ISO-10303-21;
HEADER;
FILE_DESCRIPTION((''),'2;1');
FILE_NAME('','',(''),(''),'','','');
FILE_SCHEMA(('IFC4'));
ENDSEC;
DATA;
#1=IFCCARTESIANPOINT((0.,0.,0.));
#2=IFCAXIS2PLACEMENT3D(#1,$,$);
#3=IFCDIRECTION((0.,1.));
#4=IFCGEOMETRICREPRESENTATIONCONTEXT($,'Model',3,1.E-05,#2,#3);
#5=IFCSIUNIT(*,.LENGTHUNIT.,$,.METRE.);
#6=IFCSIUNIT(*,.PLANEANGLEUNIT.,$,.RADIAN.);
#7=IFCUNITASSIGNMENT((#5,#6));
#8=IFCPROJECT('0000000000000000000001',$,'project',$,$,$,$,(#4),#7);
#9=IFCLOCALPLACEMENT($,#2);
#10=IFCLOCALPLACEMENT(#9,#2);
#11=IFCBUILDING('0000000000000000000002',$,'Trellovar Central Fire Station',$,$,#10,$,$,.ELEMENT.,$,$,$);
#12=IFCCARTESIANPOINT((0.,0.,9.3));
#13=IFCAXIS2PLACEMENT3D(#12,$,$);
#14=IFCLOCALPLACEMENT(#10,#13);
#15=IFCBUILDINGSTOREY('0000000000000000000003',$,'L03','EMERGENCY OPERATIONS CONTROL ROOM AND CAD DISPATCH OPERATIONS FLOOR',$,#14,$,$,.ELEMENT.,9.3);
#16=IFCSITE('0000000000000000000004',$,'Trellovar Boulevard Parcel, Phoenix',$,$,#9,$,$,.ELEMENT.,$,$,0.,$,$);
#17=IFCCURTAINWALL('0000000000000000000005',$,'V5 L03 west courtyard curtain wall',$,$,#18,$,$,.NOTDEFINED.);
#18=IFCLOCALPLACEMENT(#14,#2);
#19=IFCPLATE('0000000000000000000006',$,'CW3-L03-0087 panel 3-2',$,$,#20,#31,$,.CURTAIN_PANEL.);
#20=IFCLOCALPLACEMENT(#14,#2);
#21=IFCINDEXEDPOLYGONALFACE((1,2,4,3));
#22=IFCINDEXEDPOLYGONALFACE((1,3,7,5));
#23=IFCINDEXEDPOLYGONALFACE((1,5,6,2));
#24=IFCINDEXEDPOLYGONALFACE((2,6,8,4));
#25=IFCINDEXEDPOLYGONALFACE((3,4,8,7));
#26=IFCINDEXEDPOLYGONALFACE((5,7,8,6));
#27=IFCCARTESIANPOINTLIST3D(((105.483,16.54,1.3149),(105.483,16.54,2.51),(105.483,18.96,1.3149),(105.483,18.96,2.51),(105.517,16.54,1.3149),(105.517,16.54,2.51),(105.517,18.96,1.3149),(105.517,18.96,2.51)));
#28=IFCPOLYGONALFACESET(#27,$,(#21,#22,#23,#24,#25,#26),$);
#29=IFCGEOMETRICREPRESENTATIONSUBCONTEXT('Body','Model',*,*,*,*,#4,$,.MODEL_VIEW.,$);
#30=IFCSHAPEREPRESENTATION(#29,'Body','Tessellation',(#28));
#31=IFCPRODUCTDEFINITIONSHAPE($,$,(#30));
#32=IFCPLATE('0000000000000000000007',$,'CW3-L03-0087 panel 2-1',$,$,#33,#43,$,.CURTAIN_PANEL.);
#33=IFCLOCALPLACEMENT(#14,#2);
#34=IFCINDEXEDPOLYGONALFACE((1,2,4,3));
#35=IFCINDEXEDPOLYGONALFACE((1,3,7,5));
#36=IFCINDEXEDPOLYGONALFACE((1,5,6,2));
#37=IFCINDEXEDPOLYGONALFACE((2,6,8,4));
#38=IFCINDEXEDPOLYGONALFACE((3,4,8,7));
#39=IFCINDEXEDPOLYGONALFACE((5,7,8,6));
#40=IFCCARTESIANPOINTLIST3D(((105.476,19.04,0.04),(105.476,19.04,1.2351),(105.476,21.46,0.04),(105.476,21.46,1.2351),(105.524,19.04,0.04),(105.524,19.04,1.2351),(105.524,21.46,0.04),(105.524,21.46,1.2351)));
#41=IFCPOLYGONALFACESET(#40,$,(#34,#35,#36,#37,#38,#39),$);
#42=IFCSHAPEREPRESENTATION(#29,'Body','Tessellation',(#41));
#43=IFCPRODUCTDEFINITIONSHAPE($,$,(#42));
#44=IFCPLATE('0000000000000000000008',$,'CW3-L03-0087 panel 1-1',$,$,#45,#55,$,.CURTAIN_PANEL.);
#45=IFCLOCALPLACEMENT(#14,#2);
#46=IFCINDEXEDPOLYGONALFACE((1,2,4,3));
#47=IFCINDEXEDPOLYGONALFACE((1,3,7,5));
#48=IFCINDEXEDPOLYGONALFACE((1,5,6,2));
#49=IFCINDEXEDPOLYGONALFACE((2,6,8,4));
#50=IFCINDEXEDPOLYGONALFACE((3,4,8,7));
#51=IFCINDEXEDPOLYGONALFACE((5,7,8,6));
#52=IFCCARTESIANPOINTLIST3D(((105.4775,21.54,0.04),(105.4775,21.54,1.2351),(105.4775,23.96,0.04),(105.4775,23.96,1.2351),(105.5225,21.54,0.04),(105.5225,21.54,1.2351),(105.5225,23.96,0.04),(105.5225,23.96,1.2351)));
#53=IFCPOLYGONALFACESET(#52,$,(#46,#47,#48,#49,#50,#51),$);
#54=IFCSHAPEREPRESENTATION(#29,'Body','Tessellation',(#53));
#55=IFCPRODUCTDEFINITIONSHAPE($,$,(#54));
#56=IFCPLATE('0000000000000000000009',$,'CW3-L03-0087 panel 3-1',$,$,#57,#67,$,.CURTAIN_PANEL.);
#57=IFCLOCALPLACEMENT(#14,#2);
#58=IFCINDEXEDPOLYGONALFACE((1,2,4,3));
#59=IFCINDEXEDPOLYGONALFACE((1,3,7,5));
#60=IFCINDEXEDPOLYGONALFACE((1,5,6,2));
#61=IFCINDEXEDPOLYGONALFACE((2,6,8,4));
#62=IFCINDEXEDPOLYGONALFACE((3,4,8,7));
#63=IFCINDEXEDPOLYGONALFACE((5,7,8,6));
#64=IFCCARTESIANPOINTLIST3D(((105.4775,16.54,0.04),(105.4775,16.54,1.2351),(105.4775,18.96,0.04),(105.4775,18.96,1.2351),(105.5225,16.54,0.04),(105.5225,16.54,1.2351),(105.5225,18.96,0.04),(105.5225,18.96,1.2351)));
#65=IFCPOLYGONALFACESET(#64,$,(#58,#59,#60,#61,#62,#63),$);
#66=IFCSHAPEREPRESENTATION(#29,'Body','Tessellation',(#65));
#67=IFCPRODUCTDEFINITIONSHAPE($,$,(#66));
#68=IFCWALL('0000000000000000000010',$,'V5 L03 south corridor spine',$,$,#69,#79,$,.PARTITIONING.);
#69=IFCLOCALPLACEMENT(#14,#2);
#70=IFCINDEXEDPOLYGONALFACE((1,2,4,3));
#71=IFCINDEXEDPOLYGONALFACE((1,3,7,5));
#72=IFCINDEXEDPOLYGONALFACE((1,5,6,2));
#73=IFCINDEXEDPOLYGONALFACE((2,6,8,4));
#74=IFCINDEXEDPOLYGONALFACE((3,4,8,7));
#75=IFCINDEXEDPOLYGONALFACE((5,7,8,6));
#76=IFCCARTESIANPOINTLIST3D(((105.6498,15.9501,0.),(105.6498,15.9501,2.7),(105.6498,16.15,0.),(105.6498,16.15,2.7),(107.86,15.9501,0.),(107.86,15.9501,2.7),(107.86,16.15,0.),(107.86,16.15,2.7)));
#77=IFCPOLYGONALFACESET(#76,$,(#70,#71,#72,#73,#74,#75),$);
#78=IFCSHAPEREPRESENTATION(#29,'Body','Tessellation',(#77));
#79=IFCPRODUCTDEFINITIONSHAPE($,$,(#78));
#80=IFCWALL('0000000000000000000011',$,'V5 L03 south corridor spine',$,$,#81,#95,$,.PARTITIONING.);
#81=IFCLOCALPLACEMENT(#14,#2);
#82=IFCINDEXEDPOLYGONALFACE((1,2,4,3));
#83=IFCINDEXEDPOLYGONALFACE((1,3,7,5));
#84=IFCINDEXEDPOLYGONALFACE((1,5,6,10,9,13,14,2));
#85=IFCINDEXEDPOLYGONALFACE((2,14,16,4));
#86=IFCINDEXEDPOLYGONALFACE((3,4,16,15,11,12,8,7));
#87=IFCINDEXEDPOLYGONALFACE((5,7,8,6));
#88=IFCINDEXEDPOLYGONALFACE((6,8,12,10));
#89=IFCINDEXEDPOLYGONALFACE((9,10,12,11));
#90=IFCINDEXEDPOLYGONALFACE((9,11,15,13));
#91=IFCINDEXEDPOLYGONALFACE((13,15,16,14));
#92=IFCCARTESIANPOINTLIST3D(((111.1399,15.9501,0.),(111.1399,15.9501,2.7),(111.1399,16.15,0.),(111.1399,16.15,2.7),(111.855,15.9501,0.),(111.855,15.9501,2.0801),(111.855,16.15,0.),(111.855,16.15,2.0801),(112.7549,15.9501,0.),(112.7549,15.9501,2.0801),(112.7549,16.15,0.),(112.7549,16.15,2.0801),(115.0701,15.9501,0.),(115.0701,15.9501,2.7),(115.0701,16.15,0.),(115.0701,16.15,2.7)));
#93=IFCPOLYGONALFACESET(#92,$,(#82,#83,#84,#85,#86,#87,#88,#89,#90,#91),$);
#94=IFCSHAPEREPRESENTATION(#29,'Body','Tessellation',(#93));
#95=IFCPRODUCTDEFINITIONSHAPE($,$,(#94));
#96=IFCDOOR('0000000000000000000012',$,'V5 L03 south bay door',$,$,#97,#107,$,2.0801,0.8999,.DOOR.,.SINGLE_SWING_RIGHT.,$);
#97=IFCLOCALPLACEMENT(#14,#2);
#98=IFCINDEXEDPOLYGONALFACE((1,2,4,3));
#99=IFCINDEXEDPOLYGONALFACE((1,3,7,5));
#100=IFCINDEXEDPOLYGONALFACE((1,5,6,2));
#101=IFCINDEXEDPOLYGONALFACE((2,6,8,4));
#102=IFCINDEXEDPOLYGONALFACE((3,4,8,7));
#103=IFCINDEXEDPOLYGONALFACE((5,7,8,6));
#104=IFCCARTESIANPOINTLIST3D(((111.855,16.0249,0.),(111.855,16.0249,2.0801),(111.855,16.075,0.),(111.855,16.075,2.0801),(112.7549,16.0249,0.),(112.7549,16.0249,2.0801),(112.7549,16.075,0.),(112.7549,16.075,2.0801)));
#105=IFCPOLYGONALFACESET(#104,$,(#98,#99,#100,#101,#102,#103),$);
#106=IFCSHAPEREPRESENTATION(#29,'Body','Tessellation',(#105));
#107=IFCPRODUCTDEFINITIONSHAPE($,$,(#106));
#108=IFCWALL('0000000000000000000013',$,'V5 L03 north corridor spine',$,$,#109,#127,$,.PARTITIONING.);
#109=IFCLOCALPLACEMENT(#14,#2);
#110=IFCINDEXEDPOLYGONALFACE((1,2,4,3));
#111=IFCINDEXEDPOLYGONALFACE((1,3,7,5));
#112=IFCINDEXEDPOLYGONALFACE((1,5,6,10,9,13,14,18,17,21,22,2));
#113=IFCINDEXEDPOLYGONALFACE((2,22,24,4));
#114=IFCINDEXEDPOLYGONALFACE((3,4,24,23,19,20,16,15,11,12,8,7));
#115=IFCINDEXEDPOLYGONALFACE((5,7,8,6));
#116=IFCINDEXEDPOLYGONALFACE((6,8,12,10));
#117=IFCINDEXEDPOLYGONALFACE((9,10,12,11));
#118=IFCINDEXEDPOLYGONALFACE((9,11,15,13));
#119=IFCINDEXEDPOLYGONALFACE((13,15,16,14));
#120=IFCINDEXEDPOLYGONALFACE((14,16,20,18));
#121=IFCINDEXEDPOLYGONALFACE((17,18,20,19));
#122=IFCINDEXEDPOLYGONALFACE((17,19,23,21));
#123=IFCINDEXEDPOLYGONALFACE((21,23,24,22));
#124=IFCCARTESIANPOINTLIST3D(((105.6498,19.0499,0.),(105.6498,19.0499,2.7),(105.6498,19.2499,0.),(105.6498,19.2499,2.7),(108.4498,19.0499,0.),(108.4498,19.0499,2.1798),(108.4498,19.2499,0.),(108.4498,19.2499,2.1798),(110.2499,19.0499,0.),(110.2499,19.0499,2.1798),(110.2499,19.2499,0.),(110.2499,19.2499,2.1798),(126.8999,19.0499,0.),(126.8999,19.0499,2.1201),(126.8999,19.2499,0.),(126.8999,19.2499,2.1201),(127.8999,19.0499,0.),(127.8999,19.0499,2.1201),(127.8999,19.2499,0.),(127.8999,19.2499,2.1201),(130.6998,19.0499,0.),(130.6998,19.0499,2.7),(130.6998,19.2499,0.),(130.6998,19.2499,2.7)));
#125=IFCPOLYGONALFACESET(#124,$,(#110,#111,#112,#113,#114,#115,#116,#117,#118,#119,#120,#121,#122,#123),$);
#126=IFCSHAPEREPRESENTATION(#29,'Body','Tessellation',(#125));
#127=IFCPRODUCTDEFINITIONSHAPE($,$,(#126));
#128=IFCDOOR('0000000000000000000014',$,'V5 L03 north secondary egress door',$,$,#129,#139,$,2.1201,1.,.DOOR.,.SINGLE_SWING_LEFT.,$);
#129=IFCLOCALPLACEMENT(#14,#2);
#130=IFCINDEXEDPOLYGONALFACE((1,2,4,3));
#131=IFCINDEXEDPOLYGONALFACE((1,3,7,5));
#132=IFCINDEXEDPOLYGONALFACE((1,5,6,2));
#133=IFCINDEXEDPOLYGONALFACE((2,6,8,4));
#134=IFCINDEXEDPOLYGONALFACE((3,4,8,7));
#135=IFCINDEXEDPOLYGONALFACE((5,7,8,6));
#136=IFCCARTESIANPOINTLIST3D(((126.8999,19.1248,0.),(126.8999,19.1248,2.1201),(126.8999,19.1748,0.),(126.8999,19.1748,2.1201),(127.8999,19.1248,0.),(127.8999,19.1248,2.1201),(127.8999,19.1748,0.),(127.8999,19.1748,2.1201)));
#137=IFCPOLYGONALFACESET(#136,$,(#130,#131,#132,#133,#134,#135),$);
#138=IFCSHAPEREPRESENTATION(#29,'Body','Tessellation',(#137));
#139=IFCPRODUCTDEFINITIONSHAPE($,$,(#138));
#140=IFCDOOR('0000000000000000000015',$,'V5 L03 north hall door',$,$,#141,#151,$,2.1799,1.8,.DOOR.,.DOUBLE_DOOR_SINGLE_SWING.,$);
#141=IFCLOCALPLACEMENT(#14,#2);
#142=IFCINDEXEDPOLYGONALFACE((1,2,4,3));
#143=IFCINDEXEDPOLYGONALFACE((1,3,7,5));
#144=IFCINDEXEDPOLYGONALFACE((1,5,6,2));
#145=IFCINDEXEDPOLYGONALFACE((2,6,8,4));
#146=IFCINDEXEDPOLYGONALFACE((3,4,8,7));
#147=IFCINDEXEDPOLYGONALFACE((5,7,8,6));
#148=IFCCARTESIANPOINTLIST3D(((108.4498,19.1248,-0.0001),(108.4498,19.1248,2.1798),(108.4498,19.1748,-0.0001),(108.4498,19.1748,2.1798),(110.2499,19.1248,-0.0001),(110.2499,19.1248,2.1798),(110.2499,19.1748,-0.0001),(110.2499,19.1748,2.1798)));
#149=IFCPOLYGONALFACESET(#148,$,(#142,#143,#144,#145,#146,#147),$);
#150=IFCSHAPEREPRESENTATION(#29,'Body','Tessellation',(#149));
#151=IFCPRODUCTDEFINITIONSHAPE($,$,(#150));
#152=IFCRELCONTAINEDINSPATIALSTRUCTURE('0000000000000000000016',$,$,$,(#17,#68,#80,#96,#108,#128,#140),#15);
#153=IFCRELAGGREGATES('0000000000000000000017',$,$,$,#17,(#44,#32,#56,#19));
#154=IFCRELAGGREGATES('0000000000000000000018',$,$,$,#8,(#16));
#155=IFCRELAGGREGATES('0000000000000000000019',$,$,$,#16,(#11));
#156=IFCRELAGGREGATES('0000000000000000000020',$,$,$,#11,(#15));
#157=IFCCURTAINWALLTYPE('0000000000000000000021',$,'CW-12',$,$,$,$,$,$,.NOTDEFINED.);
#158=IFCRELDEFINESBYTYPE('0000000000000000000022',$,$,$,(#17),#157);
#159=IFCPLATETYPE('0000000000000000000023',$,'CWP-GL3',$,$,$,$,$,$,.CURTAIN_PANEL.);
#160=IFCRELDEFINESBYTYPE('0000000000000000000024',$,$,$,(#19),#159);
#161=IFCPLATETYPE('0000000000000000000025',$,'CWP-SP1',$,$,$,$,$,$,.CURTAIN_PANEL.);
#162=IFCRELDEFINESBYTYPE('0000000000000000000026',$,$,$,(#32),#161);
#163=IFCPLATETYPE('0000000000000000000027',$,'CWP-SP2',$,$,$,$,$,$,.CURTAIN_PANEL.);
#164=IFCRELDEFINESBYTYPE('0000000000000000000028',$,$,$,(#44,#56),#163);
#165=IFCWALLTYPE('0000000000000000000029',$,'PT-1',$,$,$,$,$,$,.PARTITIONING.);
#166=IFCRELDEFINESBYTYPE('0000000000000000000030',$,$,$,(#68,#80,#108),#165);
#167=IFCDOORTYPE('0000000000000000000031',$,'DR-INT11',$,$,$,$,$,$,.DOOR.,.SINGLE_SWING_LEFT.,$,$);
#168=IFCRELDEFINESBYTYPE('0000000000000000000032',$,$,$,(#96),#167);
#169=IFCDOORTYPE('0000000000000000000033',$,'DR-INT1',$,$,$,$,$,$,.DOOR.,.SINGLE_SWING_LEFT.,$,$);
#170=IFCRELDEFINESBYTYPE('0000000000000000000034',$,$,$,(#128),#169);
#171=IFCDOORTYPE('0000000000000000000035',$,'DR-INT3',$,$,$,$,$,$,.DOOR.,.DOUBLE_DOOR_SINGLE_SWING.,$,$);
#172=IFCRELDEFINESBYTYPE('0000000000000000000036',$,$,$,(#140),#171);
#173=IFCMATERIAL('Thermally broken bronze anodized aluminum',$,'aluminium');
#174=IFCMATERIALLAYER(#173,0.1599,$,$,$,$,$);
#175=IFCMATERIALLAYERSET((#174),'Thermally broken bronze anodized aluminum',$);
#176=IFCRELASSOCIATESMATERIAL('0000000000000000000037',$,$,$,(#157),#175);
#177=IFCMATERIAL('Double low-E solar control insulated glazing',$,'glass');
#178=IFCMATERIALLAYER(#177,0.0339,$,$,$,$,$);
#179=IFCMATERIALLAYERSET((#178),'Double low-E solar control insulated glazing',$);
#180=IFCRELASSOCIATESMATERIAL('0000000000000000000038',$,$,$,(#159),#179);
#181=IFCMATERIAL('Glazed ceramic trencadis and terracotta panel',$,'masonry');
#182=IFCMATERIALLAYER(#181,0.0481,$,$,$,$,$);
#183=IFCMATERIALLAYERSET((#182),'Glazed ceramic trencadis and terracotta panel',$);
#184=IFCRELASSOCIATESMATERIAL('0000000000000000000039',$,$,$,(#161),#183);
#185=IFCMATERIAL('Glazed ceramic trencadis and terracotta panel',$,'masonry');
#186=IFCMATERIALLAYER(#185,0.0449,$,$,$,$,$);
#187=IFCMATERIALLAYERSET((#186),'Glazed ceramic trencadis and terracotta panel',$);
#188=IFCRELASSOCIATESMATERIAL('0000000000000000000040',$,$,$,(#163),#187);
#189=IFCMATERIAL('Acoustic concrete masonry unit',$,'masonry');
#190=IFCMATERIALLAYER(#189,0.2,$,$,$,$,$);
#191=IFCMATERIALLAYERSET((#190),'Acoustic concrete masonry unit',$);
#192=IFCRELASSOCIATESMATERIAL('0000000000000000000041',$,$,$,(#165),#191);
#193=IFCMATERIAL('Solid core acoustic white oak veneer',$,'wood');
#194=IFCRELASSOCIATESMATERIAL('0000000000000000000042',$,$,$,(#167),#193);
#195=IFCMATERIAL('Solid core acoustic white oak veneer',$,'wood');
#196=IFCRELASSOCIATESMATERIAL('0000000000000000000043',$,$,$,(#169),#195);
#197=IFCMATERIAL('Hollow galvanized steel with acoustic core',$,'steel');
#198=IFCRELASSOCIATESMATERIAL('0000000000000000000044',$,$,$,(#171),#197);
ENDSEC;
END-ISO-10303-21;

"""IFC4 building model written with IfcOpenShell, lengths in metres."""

from ifc_helpers import new_model, si_unit, direction, frame, frame_2d, origin, origin_2d, place, context, subcontext, project, spatial, rectangle, extrude, material, layer, layer_set, type_object, element, fill, aggregate, save


model = new_model("IFC4")

# Units and contexts
model_context = context("Model", 3, precision=1e-05, world=origin(), true_north=direction((0.0, 1.0)))
body_context = subcontext(model_context, "Body", "Model", "MODEL_VIEW")
ifc_project = project(units=[si_unit("LENGTHUNIT", "METRE"), si_unit("PLANEANGLEUNIT", "RADIAN")], contexts=[model_context])

# Site, building, storey
site_placement = place(None, origin())
site = spatial("IfcSite", under=ifc_project, at=site_placement, Name="Trellovar Boulevard Parcel, Phoenix", CompositionType="ELEMENT", RefElevation=0.0)
building_placement = place(site_placement, origin())
building = spatial("IfcBuilding", under=site, at=building_placement, Name="Trellovar Central Fire Station", CompositionType="ELEMENT")
storey_placement = place(building_placement, frame((0.0, 0.0, 9.3)))
storey = spatial("IfcBuildingStorey", under=building, at=storey_placement, Name="L03", Description="EMERGENCY OPERATIONS CONTROL ROOM AND CAD DISPATCH OPERATIONS FLOOR", CompositionType="ELEMENT", Elevation=9.3)

# Curtain wall
ifc_material_1 = material(Name="Thermally broken bronze anodized aluminum", Category="aluminium")
ifc_layer_1 = layer(ifc_material_1, 0.1599)
ifc_layer_set_1 = layer_set([ifc_layer_1], Name="Thermally broken bronze anodized aluminum")
curtain_wall_type = type_object("IfcCurtainWallType", Name="CW-12", PredefinedType="NOTDEFINED", material=ifc_layer_set_1)
curtain_wall_1_placement = place(storey_placement, origin())
curtain_wall_1 = element("IfcCurtainWall", 1, at=curtain_wall_1_placement, inside=storey, type_object=curtain_wall_type, Name="V5 L03 west courtyard curtain wall", PredefinedType="NOTDEFINED")

# Plates
ifc_material_2 = material(Name="Double low-E solar control insulated glazing", Category="glass")
ifc_layer_2 = layer(ifc_material_2, 0.0339)
ifc_layer_set_2 = layer_set([ifc_layer_2], Name="Double low-E solar control insulated glazing")
plate_type_1 = type_object("IfcPlateType", Name="CWP-GL3", PredefinedType="CURTAIN_PANEL", material=ifc_layer_set_2)
plate_1_placement = place(storey_placement, frame((105.5, 17.75, 1.3149), z_axis=(0.0, 0.0, 1.0), x_axis=(0.0, -1.0, 0.0)))
plate_1 = element("IfcPlate", 2, at=plate_1_placement, type_object=plate_type_1, Name="CW3-L03-0087 panel 3-2", PredefinedType="CURTAIN_PANEL", context=body_context, shape_type="SweptSolid", body=[
    extrude(rectangle(XDim=2.4199, YDim=0.0339, at=origin_2d()), origin(), (0.0, 0.0, 1.0), 1.1951),
])
ifc_material_3 = material(Name="Glazed ceramic trencadis and terracotta panel", Category="masonry")
ifc_layer_3 = layer(ifc_material_3, 0.0481)
ifc_layer_set_3 = layer_set([ifc_layer_3], Name="Glazed ceramic trencadis and terracotta panel")
plate_type_2 = type_object("IfcPlateType", Name="CWP-SP1", PredefinedType="CURTAIN_PANEL", material=ifc_layer_set_3)
plate_2_placement = place(storey_placement, frame((105.5, 20.25, 0.04), z_axis=(0.0, 0.0, 1.0), x_axis=(0.0, -1.0, 0.0)))
plate_2 = element("IfcPlate", 3, at=plate_2_placement, type_object=plate_type_2, Name="CW3-L03-0087 panel 2-1", PredefinedType="CURTAIN_PANEL", context=body_context, shape_type="SweptSolid", body=[
    extrude(rectangle(XDim=2.4199, YDim=0.0481, at=origin_2d()), origin(), (0.0, 0.0, 1.0), 1.1951),
])
ifc_material_4 = material(Name="Glazed ceramic trencadis and terracotta panel", Category="masonry")
ifc_layer_4 = layer(ifc_material_4, 0.0449)
ifc_layer_set_4 = layer_set([ifc_layer_4], Name="Glazed ceramic trencadis and terracotta panel")
plate_type_3 = type_object("IfcPlateType", Name="CWP-SP2", PredefinedType="CURTAIN_PANEL", material=ifc_layer_set_4)
plate_3_placement = place(storey_placement, frame((105.5, 22.75, 0.04), z_axis=(0.0, 0.0, 1.0), x_axis=(0.0, -1.0, 0.0)))
plate_3 = element("IfcPlate", 4, at=plate_3_placement, type_object=plate_type_3, Name="CW3-L03-0087 panel 1-1", PredefinedType="CURTAIN_PANEL", context=body_context, shape_type="SweptSolid", body=[
    extrude(rectangle(XDim=2.4199, YDim=0.0449, at=origin_2d()), origin(), (0.0, 0.0, 1.0), 1.1951),
])
plate_4_placement = place(storey_placement, frame((105.5, 17.75, 0.04), z_axis=(0.0, 0.0, 1.0), x_axis=(0.0, -1.0, 0.0)))
plate_4 = element("IfcPlate", 5, at=plate_4_placement, type_object=plate_type_3, Name="CW3-L03-0087 panel 3-1", PredefinedType="CURTAIN_PANEL", context=body_context, shape_type="SweptSolid", body=[
    extrude(rectangle(XDim=2.4199, YDim=0.0449, at=origin_2d()), origin(), (0.0, 0.0, 1.0), 1.1951),
])
aggregate(curtain_wall_1, [plate_3, plate_2, plate_4, plate_1])

# Wall
ifc_material_5 = material(Name="Acoustic concrete masonry unit", Category="masonry")
ifc_layer_5 = layer(ifc_material_5, 0.2)
ifc_layer_set_5 = layer_set([ifc_layer_5], Name="Acoustic concrete masonry unit")
wall_type_1 = type_object("IfcWallType", Name="PT-1", PredefinedType="PARTITIONING", material=ifc_layer_set_5)
wall_1_placement = place(storey_placement, frame((105.6499, 16.05, 0.0), z_axis=(0.0, 0.0, 1.0), x_axis=(1.0, 0.0, 0.0)))
element("IfcWall", 6, at=wall_1_placement, inside=storey, type_object=wall_type_1, Name="V5 L03 south corridor spine", PredefinedType="PARTITIONING", context=body_context, shape_type="SweptSolid", body=[
    extrude(rectangle(XDim=2.2102, YDim=0.2, at=frame_2d((1.105, 0.0))), origin(), (0.0, 0.0, 1.0), 2.7),
])

# Wall, opening, door
wall_2_placement = place(storey_placement, frame((111.1399, 16.05, 0.0), z_axis=(0.0, 0.0, 1.0), x_axis=(1.0, 0.0, 0.0)))
wall_2 = element("IfcWall", 7, at=wall_2_placement, inside=storey, type_object=wall_type_1, Name="V5 L03 south corridor spine", PredefinedType="PARTITIONING", context=body_context, shape_type="SweptSolid", body=[
    extrude(rectangle(XDim=3.9302, YDim=0.2, at=frame_2d((1.9651, 0.0))), origin(), (0.0, 0.0, 1.0), 2.7),
])
opening_1_placement = place(wall_2_placement, frame((0.7151, 0.0, 0.0)))
opening_1 = element("IfcOpeningElement", 8, at=opening_1_placement, cuts=wall_2, PredefinedType="OPENING", context=body_context, shape_type="SweptSolid", body=[
    extrude(rectangle(XDim=0.8999, YDim=2.0801, at=frame_2d((0.45, 1.04))), frame((0.0, 0.1099, 0.0), z_axis=(0.0, -1.0, 0.0), x_axis=(1.0, 0.0, 0.0)), (0.0, 0.0, 1.0), 0.22),
])
ifc_material_6 = material(Name="Solid core acoustic white oak veneer", Category="wood")
door_type_1 = type_object("IfcDoorType", Name="DR-INT11", OperationType="SINGLE_SWING_LEFT", PredefinedType="DOOR", material=ifc_material_6)
door_1_placement = place(opening_1_placement, origin())
door_1 = element("IfcDoor", 9, at=door_1_placement, inside=storey, type_object=door_type_1, Name="V5 L03 south bay door", OperationType="SINGLE_SWING_RIGHT", OverallHeight=2.0801, OverallWidth=0.8999, PredefinedType="DOOR", context=body_context, shape_type="SweptSolid", body=[
    extrude(rectangle(XDim=0.8999, YDim=2.0801, at=frame_2d((0.45, 1.04))), frame((0.0, 0.0249, 0.0), z_axis=(0.0, -1.0, 0.0), x_axis=(1.0, 0.0, 0.0)), (0.0, 0.0, 1.0), 0.05),
])
fill(opening_1, door_1)

# Wall, openings, doors
wall_3_placement = place(storey_placement, frame((105.6499, 19.1499, 0.0), z_axis=(0.0, 0.0, 1.0), x_axis=(1.0, 0.0, 0.0)))
wall_3 = element("IfcWall", 10, at=wall_3_placement, inside=storey, type_object=wall_type_1, Name="V5 L03 north corridor spine", PredefinedType="PARTITIONING", context=body_context, shape_type="SweptSolid", body=[
    extrude(rectangle(XDim=25.05, YDim=0.2, at=frame_2d((12.5249, 0.0))), origin(), (0.0, 0.0, 1.0), 2.7),
])
opening_2_placement = place(wall_3_placement, frame((2.8, 0.0, 0.0)))
opening_2 = element("IfcOpeningElement", 11, at=opening_2_placement, cuts=wall_3, PredefinedType="OPENING", context=body_context, shape_type="SweptSolid", body=[
    extrude(rectangle(XDim=1.8, YDim=2.1799, at=frame_2d((0.8999, 1.0898))), frame((0.0, 0.1099, 0.0), z_axis=(0.0, -1.0, 0.0), x_axis=(1.0, 0.0, 0.0)), (0.0, 0.0, 1.0), 0.22),
])
opening_3_placement = place(wall_3_placement, frame((21.25, 0.0, 0.0)))
opening_3 = element("IfcOpeningElement", 12, at=opening_3_placement, cuts=wall_3, PredefinedType="OPENING", context=body_context, shape_type="SweptSolid", body=[
    extrude(rectangle(XDim=1.0, YDim=2.1201, at=frame_2d((0.5, 1.0601))), frame((0.0, 0.1099, 0.0), z_axis=(0.0, -1.0, 0.0), x_axis=(1.0, 0.0, 0.0)), (0.0, 0.0, 1.0), 0.22),
])
ifc_material_7 = material(Name="Solid core acoustic white oak veneer", Category="wood")
door_type_2 = type_object("IfcDoorType", Name="DR-INT1", OperationType="SINGLE_SWING_LEFT", PredefinedType="DOOR", material=ifc_material_7)
door_2_placement = place(opening_3_placement, origin())
door_2 = element("IfcDoor", 13, at=door_2_placement, inside=storey, type_object=door_type_2, Name="V5 L03 north secondary egress door", OperationType="SINGLE_SWING_LEFT", OverallHeight=2.1201, OverallWidth=1.0, PredefinedType="DOOR", context=body_context, shape_type="SweptSolid", body=[
    extrude(rectangle(XDim=1.0, YDim=2.1201, at=frame_2d((0.5, 1.0601))), frame((0.0, 0.0249, 0.0), z_axis=(0.0, -1.0, 0.0), x_axis=(1.0, 0.0, 0.0)), (0.0, 0.0, 1.0), 0.05),
])
fill(opening_3, door_2)
ifc_material_8 = material(Name="Hollow galvanized steel with acoustic core", Category="steel")
door_type_3 = type_object("IfcDoorType", Name="DR-INT3", OperationType="DOUBLE_DOOR_SINGLE_SWING", PredefinedType="DOOR", material=ifc_material_8)
door_3_placement = place(opening_2_placement, origin())
door_3 = element("IfcDoor", 14, at=door_3_placement, inside=storey, type_object=door_type_3, Name="V5 L03 north hall door", OperationType="DOUBLE_DOOR_SINGLE_SWING", OverallHeight=2.1799, OverallWidth=1.8, PredefinedType="DOOR", context=body_context, shape_type="SweptSolid", body=[
    extrude(rectangle(XDim=1.8, YDim=2.1799, at=frame_2d((0.8999, 1.0898))), frame((0.0, 0.0249, 0.0), z_axis=(0.0, -1.0, 0.0), x_axis=(1.0, 0.0, 0.0)), (0.0, 0.0, 1.0), 0.05),
])
fill(opening_2, door_3)

save(model, "model.ifc")
